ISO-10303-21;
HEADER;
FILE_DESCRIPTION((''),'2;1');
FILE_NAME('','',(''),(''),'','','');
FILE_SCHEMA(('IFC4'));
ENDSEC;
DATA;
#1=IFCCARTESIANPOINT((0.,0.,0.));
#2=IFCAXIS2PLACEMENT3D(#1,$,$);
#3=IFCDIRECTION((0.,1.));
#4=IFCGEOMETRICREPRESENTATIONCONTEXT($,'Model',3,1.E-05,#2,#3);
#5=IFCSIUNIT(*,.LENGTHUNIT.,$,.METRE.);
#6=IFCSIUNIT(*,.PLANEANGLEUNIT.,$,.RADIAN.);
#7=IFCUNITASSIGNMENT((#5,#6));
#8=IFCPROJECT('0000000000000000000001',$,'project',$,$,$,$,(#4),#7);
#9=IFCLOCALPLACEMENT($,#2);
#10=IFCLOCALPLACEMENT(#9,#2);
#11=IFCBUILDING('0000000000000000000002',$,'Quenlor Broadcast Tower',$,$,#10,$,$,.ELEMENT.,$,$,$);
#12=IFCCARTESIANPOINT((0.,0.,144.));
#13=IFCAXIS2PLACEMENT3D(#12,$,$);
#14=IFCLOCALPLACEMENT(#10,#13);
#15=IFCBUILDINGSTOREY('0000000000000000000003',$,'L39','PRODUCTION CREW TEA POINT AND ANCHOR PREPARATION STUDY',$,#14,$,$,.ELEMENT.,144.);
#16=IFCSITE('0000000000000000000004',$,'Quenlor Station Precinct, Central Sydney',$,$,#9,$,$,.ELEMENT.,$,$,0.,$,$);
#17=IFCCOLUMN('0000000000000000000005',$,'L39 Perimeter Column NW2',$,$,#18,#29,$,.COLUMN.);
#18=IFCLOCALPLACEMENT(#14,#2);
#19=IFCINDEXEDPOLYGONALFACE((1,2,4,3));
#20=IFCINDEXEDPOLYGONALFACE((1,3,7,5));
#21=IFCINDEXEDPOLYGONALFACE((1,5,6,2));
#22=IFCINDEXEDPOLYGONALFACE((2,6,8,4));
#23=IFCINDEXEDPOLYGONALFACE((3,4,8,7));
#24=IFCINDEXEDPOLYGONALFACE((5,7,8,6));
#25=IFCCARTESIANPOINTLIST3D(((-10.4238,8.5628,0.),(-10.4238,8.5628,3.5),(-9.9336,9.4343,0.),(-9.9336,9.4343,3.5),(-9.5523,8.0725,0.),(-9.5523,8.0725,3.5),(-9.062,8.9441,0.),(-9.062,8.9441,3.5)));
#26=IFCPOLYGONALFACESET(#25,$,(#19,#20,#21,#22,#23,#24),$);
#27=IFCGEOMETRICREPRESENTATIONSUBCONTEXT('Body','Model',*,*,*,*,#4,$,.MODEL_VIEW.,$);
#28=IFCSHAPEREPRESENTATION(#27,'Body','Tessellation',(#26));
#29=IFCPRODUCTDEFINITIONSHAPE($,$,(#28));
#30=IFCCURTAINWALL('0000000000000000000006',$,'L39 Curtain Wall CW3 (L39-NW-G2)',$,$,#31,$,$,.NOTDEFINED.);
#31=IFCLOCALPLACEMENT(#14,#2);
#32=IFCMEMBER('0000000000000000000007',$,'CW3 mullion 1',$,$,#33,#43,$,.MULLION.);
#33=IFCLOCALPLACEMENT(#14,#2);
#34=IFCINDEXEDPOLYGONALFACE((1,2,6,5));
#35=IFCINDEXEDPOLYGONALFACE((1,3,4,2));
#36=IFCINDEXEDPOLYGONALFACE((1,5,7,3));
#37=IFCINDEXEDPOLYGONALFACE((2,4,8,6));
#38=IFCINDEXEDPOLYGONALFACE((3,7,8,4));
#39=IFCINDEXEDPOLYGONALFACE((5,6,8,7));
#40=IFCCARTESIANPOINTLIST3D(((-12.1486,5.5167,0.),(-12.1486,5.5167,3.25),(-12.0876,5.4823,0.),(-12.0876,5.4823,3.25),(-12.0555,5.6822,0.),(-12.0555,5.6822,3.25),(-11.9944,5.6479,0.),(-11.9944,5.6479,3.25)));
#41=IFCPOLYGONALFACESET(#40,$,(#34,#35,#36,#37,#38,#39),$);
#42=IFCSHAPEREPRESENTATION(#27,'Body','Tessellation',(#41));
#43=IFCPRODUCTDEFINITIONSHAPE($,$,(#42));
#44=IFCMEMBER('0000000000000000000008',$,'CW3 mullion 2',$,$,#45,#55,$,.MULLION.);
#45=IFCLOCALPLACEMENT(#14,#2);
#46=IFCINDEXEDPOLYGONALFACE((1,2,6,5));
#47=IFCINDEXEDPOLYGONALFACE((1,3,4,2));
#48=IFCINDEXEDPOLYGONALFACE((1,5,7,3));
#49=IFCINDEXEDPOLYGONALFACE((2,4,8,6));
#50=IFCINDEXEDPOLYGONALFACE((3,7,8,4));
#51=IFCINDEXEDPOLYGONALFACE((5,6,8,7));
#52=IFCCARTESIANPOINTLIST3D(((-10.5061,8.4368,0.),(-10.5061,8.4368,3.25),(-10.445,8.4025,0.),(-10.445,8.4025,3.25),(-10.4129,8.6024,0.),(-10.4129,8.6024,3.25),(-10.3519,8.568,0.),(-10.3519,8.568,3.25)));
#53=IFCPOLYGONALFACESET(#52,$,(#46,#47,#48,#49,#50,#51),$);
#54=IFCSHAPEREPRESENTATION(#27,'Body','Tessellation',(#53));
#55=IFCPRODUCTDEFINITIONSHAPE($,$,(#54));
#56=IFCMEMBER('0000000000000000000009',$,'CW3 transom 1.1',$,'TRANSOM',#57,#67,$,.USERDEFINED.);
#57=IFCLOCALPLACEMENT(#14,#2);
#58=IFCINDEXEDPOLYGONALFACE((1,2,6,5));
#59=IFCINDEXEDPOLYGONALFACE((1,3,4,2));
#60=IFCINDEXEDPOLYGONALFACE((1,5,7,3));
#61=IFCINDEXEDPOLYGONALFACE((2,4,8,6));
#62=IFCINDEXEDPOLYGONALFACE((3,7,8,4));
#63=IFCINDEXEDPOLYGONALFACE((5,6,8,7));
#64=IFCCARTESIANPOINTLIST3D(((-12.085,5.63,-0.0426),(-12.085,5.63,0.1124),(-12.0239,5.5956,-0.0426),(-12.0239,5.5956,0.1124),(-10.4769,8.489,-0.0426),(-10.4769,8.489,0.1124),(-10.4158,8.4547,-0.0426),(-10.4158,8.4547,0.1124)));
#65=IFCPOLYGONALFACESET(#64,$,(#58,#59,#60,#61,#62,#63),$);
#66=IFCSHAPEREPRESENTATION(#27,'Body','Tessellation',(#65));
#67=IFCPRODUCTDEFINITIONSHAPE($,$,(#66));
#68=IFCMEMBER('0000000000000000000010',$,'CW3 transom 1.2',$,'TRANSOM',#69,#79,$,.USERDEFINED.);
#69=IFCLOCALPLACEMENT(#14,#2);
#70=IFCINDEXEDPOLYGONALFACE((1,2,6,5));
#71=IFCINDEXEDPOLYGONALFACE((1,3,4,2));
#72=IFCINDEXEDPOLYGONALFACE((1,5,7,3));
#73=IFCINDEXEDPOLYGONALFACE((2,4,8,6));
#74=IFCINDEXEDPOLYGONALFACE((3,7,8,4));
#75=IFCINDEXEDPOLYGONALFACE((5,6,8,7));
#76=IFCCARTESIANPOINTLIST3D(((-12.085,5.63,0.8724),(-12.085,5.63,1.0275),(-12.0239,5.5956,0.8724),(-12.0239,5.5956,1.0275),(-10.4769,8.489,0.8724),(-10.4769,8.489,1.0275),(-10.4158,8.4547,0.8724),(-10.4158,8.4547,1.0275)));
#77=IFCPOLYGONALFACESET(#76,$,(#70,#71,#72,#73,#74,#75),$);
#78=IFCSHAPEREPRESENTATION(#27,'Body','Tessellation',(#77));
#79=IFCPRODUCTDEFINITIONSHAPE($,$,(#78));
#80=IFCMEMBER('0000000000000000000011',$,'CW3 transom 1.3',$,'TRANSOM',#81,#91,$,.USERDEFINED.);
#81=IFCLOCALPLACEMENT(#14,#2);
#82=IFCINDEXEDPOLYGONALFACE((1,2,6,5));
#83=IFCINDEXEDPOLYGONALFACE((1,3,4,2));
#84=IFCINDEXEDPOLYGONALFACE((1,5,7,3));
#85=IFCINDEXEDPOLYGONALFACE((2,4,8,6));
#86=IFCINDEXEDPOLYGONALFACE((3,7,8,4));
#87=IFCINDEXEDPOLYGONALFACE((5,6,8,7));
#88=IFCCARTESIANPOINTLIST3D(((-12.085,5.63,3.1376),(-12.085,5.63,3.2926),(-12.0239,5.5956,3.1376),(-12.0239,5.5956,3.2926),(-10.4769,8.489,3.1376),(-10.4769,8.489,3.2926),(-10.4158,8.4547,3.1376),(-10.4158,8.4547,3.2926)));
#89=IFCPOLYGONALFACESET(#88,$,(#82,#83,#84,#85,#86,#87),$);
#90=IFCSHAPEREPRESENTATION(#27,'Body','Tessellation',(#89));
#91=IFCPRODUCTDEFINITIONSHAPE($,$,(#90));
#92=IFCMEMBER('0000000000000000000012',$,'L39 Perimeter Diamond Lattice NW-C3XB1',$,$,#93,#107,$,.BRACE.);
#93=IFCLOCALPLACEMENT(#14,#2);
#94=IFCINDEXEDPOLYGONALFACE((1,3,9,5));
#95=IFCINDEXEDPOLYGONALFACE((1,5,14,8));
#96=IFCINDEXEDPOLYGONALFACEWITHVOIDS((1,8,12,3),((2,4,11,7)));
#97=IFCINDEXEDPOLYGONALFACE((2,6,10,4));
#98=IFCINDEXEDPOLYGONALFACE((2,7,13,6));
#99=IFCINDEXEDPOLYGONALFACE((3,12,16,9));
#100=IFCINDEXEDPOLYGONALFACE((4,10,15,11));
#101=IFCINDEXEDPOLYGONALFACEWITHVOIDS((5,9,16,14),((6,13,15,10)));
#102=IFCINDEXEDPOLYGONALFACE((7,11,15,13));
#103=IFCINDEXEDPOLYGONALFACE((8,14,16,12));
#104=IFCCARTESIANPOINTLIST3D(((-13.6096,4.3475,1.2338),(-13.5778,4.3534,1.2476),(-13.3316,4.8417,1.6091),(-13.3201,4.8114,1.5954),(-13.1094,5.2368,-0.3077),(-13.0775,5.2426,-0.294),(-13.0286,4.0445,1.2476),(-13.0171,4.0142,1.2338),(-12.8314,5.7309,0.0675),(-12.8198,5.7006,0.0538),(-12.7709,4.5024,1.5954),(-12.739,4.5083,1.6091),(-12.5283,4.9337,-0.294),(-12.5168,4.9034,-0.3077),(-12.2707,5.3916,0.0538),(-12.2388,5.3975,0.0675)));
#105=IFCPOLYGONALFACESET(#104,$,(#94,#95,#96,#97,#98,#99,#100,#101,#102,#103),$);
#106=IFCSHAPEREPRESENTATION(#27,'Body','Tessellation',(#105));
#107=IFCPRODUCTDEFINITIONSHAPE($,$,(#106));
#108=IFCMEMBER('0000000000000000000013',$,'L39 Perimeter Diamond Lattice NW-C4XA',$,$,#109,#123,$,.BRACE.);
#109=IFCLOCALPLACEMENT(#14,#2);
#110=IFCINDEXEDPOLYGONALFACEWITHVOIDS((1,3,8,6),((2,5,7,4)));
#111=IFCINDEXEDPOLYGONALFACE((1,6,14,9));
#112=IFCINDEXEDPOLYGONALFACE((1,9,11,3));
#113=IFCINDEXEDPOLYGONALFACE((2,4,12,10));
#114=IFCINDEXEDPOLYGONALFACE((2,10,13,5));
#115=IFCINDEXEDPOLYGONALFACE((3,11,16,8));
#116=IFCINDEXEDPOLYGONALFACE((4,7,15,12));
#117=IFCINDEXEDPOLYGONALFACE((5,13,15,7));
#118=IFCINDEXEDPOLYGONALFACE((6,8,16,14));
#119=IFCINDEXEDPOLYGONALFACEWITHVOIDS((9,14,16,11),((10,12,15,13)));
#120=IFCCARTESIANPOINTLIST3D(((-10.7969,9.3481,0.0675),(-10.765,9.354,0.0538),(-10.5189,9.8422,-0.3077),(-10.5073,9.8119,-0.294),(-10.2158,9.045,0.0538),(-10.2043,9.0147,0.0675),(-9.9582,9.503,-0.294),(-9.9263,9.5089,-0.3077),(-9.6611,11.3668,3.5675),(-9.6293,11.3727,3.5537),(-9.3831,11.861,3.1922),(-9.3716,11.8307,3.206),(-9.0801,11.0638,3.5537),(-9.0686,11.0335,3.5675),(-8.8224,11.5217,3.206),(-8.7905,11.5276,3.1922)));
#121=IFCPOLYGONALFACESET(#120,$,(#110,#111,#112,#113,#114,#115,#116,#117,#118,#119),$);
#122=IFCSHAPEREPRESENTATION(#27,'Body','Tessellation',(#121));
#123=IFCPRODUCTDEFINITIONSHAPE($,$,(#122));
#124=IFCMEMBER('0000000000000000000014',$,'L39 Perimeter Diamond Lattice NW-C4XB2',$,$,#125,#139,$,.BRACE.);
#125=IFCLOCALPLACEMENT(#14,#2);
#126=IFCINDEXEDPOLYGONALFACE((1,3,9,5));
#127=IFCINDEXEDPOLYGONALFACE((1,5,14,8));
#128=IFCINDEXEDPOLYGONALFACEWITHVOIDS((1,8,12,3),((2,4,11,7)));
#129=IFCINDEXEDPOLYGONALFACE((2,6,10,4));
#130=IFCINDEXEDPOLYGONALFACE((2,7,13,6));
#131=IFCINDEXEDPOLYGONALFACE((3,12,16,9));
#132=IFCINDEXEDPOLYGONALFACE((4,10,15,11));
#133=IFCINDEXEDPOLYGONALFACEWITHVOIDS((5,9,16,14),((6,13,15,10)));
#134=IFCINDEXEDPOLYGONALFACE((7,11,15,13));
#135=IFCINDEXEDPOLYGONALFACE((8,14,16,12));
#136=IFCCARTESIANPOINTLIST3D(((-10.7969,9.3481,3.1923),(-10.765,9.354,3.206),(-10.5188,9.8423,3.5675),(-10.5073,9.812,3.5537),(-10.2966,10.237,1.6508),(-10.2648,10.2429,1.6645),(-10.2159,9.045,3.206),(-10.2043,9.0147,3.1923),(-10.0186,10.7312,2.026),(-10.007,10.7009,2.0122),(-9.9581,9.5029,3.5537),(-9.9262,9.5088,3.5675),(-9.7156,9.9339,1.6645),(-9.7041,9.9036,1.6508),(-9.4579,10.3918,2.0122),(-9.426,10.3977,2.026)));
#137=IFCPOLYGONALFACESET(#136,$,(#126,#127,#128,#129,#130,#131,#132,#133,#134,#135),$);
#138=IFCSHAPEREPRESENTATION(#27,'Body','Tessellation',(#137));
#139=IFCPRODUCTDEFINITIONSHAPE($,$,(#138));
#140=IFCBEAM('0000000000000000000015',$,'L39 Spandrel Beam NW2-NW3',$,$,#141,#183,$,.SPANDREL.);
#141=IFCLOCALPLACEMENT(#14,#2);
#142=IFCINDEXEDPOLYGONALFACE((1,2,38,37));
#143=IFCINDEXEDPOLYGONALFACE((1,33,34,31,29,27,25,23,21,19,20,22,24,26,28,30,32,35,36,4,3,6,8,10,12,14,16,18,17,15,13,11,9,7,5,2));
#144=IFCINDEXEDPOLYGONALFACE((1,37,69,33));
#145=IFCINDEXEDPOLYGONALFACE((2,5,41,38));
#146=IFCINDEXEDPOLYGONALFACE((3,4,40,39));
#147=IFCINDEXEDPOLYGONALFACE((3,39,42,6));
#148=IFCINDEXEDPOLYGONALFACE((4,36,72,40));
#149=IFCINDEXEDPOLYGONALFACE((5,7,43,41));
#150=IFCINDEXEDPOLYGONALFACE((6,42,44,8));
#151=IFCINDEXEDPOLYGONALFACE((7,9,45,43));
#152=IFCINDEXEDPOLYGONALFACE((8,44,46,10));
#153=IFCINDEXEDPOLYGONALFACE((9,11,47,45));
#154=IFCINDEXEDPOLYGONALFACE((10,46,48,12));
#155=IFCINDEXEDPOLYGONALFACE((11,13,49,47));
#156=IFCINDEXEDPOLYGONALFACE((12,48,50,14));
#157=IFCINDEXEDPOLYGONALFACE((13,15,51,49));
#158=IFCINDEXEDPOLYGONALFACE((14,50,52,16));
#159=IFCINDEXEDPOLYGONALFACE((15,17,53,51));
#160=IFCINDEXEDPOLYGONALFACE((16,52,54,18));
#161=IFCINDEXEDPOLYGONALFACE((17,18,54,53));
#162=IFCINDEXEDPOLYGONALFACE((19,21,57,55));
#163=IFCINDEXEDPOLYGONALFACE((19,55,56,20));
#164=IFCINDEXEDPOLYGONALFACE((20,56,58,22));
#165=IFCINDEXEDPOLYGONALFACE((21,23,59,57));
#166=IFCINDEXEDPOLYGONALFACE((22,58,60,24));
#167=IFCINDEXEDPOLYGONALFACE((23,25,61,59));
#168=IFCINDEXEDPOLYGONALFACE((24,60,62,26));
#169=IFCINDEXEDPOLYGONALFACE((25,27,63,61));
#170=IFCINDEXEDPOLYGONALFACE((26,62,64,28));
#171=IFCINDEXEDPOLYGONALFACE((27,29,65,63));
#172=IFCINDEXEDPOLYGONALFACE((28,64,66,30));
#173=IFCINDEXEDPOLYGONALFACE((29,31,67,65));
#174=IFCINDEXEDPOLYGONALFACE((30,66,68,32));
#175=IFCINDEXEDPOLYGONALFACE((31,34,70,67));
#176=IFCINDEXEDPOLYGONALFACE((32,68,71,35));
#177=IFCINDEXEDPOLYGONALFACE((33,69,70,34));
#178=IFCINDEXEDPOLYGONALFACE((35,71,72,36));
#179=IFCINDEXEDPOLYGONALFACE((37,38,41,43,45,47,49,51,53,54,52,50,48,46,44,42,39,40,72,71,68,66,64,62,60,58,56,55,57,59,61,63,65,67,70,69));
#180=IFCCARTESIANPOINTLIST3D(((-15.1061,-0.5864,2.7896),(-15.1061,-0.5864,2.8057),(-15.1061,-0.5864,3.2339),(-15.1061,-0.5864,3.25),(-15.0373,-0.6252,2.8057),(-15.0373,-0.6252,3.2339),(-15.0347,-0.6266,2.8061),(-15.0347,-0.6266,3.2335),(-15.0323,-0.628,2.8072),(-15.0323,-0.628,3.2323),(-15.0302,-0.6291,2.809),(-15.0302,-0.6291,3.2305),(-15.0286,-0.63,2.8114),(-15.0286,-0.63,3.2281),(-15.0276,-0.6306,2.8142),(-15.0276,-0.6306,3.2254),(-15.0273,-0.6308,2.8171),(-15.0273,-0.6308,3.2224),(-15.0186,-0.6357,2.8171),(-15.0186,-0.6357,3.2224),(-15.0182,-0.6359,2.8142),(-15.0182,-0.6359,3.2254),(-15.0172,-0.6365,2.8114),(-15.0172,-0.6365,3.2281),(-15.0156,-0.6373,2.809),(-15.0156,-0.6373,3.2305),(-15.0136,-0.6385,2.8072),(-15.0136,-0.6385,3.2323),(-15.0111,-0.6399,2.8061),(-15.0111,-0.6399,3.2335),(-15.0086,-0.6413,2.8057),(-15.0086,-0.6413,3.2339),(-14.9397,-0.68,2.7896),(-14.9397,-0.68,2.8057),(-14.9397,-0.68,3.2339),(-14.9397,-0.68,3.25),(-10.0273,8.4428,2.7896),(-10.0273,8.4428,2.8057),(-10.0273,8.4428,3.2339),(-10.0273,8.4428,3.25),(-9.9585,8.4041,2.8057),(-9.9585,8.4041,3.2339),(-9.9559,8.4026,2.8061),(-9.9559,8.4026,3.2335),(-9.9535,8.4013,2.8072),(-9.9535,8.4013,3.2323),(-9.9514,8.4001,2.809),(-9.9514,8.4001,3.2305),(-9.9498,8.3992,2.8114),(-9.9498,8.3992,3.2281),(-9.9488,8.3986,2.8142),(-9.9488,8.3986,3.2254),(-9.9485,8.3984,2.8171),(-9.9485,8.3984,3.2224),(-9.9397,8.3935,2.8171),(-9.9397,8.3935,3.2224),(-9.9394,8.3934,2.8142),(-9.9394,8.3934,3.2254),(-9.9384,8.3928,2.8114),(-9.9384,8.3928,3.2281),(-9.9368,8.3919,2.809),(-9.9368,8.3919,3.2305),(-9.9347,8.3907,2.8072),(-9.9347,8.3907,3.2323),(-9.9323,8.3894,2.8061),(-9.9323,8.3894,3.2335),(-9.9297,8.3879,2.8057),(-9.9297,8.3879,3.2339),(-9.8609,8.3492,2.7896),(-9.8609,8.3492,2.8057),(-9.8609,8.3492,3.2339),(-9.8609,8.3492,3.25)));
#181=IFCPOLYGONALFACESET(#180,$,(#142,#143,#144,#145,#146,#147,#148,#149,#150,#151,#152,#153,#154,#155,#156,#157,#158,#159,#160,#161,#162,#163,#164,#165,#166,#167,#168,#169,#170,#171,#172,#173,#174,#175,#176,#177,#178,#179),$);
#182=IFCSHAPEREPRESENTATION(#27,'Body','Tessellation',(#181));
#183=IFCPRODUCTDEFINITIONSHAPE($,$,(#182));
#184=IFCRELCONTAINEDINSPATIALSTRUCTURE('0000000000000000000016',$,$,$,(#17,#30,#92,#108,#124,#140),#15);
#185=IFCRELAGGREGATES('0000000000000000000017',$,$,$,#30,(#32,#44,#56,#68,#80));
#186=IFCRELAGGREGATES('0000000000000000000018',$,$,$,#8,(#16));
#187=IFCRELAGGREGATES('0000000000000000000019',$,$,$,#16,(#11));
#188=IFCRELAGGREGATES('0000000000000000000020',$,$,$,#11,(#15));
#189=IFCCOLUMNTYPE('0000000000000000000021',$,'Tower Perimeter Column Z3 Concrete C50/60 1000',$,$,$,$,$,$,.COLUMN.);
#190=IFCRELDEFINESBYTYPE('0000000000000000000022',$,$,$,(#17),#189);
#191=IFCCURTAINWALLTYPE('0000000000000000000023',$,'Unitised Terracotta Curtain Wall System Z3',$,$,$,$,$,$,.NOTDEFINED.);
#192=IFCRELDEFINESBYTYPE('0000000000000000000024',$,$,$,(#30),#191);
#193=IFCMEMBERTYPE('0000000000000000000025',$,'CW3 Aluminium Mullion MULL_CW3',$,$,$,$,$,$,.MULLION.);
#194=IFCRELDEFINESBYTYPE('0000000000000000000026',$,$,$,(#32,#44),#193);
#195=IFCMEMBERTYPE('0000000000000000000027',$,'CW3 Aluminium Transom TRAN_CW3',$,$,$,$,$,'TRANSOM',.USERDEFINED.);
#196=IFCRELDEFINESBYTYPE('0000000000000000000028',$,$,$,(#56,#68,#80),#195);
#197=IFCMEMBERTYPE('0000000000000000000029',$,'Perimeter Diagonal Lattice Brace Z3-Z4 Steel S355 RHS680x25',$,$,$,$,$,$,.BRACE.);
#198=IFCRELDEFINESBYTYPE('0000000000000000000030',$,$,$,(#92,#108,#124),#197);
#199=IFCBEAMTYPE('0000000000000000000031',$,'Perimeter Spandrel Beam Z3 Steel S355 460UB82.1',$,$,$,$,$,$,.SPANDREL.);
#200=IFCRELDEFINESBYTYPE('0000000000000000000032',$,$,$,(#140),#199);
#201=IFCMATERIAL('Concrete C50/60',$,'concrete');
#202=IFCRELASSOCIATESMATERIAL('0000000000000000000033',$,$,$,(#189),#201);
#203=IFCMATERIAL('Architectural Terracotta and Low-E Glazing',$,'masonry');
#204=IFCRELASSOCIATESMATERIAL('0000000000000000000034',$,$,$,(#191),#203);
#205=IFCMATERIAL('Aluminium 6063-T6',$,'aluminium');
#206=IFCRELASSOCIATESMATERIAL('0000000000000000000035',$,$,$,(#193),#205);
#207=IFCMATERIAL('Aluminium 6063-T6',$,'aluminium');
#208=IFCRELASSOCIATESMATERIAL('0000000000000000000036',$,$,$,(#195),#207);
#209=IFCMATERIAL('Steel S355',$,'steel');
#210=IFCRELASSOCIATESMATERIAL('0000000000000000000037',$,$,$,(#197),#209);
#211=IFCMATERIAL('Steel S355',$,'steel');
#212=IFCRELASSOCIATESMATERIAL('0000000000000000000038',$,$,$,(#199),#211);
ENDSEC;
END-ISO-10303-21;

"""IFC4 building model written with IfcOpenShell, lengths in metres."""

from ifc_helpers import new_model, si_unit, direction, frame, origin, origin_2d, place, context, subcontext, project, spatial, rectangle, hollow_rectangle, i_section, extrude, material, material_profile, profile_set, type_object, element, aggregate, save


model = new_model("IFC4")

# Units and contexts
model_context = context("Model", 3, precision=1e-05, world=origin(), true_north=direction((0.0, 1.0)))
body_context = subcontext(model_context, "Body", "Model", "MODEL_VIEW")
ifc_project = project(units=[si_unit("LENGTHUNIT", "METRE"), si_unit("PLANEANGLEUNIT", "RADIAN")], contexts=[model_context])

# Site, building, storey
site_placement = place(None, origin())
site = spatial("IfcSite", under=ifc_project, at=site_placement, Name="Quenlor Station Precinct, Central Sydney", CompositionType="ELEMENT", RefElevation=0.0)
building_placement = place(site_placement, origin())
building = spatial("IfcBuilding", under=site, at=building_placement, Name="Quenlor Broadcast Tower", CompositionType="ELEMENT")
storey_placement = place(building_placement, frame((0.0, 0.0, 144.0)))
storey = spatial("IfcBuildingStorey", under=building, at=storey_placement, Name="L39", Description="PRODUCTION CREW TEA POINT AND ANCHOR PREPARATION STUDY", CompositionType="ELEMENT", Elevation=144.0)

# Column
ifc_material_1 = material(Name="Concrete C50/60", Category="concrete")
ifc_material_profile_1 = material_profile(ifc_material_1, rectangle(XDim=1.0, YDim=1.0, at=origin_2d()))
ifc_profile_set_1 = profile_set([ifc_material_profile_1], Name="Concrete C50/60 RC1000x1000")
column_type = type_object("IfcColumnType", Name="Tower Perimeter Column Z3 Concrete C50/60 1000", PredefinedType="COLUMN", material=ifc_profile_set_1)
column_placement = place(storey_placement, frame((-9.7429, 8.7534, 0.0), z_axis=(0.0, 0.0, 1.0), x_axis=(-0.871575, 0.490262, 0.0)))
element("IfcColumn", 1, at=column_placement, inside=storey, type_object=column_type, Name="L39 Perimeter Column NW2", PredefinedType="COLUMN", context=body_context, shape_type="SweptSolid", body=[
    extrude(rectangle(XDim=1.0, YDim=1.0, at=origin_2d()), origin(), (0.0, 0.0, 1.0), 3.5),
])

# Curtain wall, members
ifc_material_2 = material(Name="Architectural Terracotta and Low-E Glazing", Category="masonry")
curtain_wall_type = type_object("IfcCurtainWallType", Name="Unitised Terracotta Curtain Wall System Z3", PredefinedType="NOTDEFINED", material=ifc_material_2)
curtain_wall_placement = place(storey_placement, origin())
curtain_wall = element("IfcCurtainWall", 2, at=curtain_wall_placement, inside=storey, type_object=curtain_wall_type, Name="L39 Curtain Wall CW3 (L39-NW-G2)", PredefinedType="NOTDEFINED")
ifc_material_3 = material(Name="Aluminium 6063-T6", Category="aluminium")
ifc_material_profile_2 = material_profile(ifc_material_3, rectangle(XDim=0.0701, YDim=0.1899, at=origin_2d()))
ifc_profile_set_2 = profile_set([ifc_material_profile_2], Name="Aluminium 6063-T6 MULL70x190")
member_type_1 = type_object("IfcMemberType", Name="CW3 Aluminium Mullion MULL_CW3", PredefinedType="MULLION", material=ifc_profile_set_2)
member_1_placement = place(storey_placement, frame((-12.0715, 5.5823, 0.0), z_axis=(0.0, 0.0, 1.0), x_axis=(-0.871579, 0.490256, 0.0)))
member_1 = element("IfcMember", 3, at=member_1_placement, type_object=member_type_1, Name="CW3 mullion 1", PredefinedType="MULLION", context=body_context, shape_type="SweptSolid", body=[
    extrude(rectangle(XDim=0.0701, YDim=0.1899, at=origin_2d()), origin(), (0.0, 0.0, 1.0), 3.25),
])
member_2_placement = place(storey_placement, frame((-10.429, 8.5024, 0.0), z_axis=(0.0, 0.0, 1.0), x_axis=(-0.871579, 0.490256, 0.0)))
member_2 = element("IfcMember", 4, at=member_2_placement, type_object=member_type_1, Name="CW3 mullion 2", PredefinedType="MULLION", context=body_context, shape_type="SweptSolid", body=[
    extrude(rectangle(XDim=0.0701, YDim=0.1899, at=origin_2d()), origin(), (0.0, 0.0, 1.0), 3.25),
])
ifc_material_4 = material(Name="Aluminium 6063-T6", Category="aluminium")
ifc_material_profile_3 = material_profile(ifc_material_4, rectangle(XDim=0.0701, YDim=0.155, at=origin_2d()))
ifc_profile_set_3 = profile_set([ifc_material_profile_3], Name="Aluminium 6063-T6 TRAN70x155")
member_type_2 = type_object("IfcMemberType", Name="CW3 Aluminium Transom TRAN_CW3", ElementType="TRANSOM", PredefinedType="USERDEFINED", material=ifc_profile_set_3)
member_3_placement = place(storey_placement, frame((-12.0544, 5.6128, 0.0349), z_axis=(0.490237, 0.871589, 0.0), x_axis=(-0.871589, 0.490237, 0.0)))
member_3 = element("IfcMember", 5, at=member_3_placement, type_object=member_type_2, Name="CW3 transom 1.1", ObjectType="TRANSOM", PredefinedType="USERDEFINED", context=body_context, shape_type="SweptSolid", body=[
    extrude(rectangle(XDim=0.0701, YDim=0.155, at=origin_2d()), origin(), (0.0, 0.0, 1.0), 3.2803),
])
member_4_placement = place(storey_placement, frame((-12.0544, 5.6128, 0.95), z_axis=(0.490237, 0.871589, 0.0), x_axis=(-0.871589, 0.490237, 0.0)))
member_4 = element("IfcMember", 6, at=member_4_placement, type_object=member_type_2, Name="CW3 transom 1.2", ObjectType="TRANSOM", PredefinedType="USERDEFINED", context=body_context, shape_type="SweptSolid", body=[
    extrude(rectangle(XDim=0.0701, YDim=0.155, at=origin_2d()), origin(), (0.0, 0.0, 1.0), 3.2803),
])
member_5_placement = place(storey_placement, frame((-12.0544, 5.6128, 3.2151), z_axis=(0.490237, 0.871589, 0.0), x_axis=(-0.871589, 0.490237, 0.0)))
member_5 = element("IfcMember", 7, at=member_5_placement, type_object=member_type_2, Name="CW3 transom 1.3", ObjectType="TRANSOM", PredefinedType="USERDEFINED", context=body_context, shape_type="SweptSolid", body=[
    extrude(rectangle(XDim=0.0701, YDim=0.155, at=origin_2d()), origin(), (0.0, 0.0, 1.0), 3.2803),
])

# Members
ifc_material_5 = material(Name="Steel S355", Category="steel")
ifc_material_profile_4 = material_profile(ifc_material_5, hollow_rectangle(XDim=0.6799, YDim=0.6799, WallThickness=0.0249, at=origin_2d()))
ifc_profile_set_4 = profile_set([ifc_material_profile_4], Name="Steel S355 RHS680x680x25")
member_type_3 = type_object("IfcMemberType", Name="Perimeter Diagonal Lattice Brace Z3-Z4 Steel S355 RHS680x25", PredefinedType="BRACE", material=ifc_profile_set_4)
member_6_placement = place(storey_placement, frame((-12.6741, 5.3171, -0.1201), z_axis=(-0.270616, -0.481008, 0.833905), x_axis=(0.871537, -0.490329, 0.0)))
element("IfcMember", 8, at=member_6_placement, inside=storey, type_object=member_type_3, Name="L39 Perimeter Diamond Lattice NW-C3XB1", PredefinedType="BRACE", context=body_context, shape_type="SweptSolid", body=[
    extrude(hollow_rectangle(XDim=0.6799, YDim=0.6799, WallThickness=0.0249, at=origin_2d()), origin(), (0.0, 0.0, 1.0), 1.8486),
])
member_7_placement = place(storey_placement, frame((-10.3616, 9.4285, -0.1201), z_axis=(0.270603, 0.481001, 0.833914), x_axis=(-0.871545, 0.490316, 0.0)))
element("IfcMember", 9, at=member_7_placement, inside=storey, type_object=member_type_3, Name="L39 Perimeter Diamond Lattice NW-C4XA", PredefinedType="BRACE", context=body_context, shape_type="SweptSolid", body=[
    extrude(hollow_rectangle(XDim=0.6799, YDim=0.6799, WallThickness=0.0249, at=origin_2d()), origin(), (0.0, 0.0, 1.0), 4.197),
])
member_8_placement = place(storey_placement, frame((-9.8613, 10.3174, 1.8384), z_axis=(-0.270634, -0.480906, 0.833958), x_axis=(0.87148, -0.490432, 0.0)))
element("IfcMember", 10, at=member_8_placement, inside=storey, type_object=member_type_3, Name="L39 Perimeter Diamond Lattice NW-C4XB2", PredefinedType="BRACE", context=body_context, shape_type="SweptSolid", body=[
    extrude(hollow_rectangle(XDim=0.6799, YDim=0.6799, WallThickness=0.0249, at=origin_2d()), origin(), (0.0, 0.0, 1.0), 1.8484),
])

# Beam
ifc_material_6 = material(Name="Steel S355", Category="steel")
ifc_material_profile_5 = material_profile(ifc_material_6, i_section(OverallWidth=0.1909, OverallDepth=0.4604, WebThickness=0.01, FlangeThickness=0.0161, FilletRadius=0.0115, at=origin_2d()))
ifc_profile_set_5 = profile_set([ifc_material_profile_5], Name="Steel S355 460UB82.1")
beam_type_1 = type_object("IfcBeamType", Name="Perimeter Spandrel Beam Z3 Steel S355 460UB82.1", PredefinedType="SPANDREL", material=ifc_profile_set_5)
beam_1_placement = place(storey_placement, frame((-9.9441, 8.396, 3.0198), z_axis=(-0.490252, -0.871581, 0.0), x_axis=(0.871581, -0.490252, 0.0)))
element("IfcBeam", 11, at=beam_1_placement, inside=storey, type_object=beam_type_1, Name="L39 Spandrel Beam NW2-NW3", PredefinedType="SPANDREL", context=body_context, shape_type="SweptSolid", body=[
    extrude(i_section(OverallWidth=0.1909, OverallDepth=0.4604, WebThickness=0.01, FlangeThickness=0.0161, FilletRadius=0.0115, at=origin_2d()), origin(), (0.0, 0.0, 1.0), 10.3596),
])

aggregate(curtain_wall, [member_1, member_2, member_3, member_4, member_5])

save(model, "model.ifc")
